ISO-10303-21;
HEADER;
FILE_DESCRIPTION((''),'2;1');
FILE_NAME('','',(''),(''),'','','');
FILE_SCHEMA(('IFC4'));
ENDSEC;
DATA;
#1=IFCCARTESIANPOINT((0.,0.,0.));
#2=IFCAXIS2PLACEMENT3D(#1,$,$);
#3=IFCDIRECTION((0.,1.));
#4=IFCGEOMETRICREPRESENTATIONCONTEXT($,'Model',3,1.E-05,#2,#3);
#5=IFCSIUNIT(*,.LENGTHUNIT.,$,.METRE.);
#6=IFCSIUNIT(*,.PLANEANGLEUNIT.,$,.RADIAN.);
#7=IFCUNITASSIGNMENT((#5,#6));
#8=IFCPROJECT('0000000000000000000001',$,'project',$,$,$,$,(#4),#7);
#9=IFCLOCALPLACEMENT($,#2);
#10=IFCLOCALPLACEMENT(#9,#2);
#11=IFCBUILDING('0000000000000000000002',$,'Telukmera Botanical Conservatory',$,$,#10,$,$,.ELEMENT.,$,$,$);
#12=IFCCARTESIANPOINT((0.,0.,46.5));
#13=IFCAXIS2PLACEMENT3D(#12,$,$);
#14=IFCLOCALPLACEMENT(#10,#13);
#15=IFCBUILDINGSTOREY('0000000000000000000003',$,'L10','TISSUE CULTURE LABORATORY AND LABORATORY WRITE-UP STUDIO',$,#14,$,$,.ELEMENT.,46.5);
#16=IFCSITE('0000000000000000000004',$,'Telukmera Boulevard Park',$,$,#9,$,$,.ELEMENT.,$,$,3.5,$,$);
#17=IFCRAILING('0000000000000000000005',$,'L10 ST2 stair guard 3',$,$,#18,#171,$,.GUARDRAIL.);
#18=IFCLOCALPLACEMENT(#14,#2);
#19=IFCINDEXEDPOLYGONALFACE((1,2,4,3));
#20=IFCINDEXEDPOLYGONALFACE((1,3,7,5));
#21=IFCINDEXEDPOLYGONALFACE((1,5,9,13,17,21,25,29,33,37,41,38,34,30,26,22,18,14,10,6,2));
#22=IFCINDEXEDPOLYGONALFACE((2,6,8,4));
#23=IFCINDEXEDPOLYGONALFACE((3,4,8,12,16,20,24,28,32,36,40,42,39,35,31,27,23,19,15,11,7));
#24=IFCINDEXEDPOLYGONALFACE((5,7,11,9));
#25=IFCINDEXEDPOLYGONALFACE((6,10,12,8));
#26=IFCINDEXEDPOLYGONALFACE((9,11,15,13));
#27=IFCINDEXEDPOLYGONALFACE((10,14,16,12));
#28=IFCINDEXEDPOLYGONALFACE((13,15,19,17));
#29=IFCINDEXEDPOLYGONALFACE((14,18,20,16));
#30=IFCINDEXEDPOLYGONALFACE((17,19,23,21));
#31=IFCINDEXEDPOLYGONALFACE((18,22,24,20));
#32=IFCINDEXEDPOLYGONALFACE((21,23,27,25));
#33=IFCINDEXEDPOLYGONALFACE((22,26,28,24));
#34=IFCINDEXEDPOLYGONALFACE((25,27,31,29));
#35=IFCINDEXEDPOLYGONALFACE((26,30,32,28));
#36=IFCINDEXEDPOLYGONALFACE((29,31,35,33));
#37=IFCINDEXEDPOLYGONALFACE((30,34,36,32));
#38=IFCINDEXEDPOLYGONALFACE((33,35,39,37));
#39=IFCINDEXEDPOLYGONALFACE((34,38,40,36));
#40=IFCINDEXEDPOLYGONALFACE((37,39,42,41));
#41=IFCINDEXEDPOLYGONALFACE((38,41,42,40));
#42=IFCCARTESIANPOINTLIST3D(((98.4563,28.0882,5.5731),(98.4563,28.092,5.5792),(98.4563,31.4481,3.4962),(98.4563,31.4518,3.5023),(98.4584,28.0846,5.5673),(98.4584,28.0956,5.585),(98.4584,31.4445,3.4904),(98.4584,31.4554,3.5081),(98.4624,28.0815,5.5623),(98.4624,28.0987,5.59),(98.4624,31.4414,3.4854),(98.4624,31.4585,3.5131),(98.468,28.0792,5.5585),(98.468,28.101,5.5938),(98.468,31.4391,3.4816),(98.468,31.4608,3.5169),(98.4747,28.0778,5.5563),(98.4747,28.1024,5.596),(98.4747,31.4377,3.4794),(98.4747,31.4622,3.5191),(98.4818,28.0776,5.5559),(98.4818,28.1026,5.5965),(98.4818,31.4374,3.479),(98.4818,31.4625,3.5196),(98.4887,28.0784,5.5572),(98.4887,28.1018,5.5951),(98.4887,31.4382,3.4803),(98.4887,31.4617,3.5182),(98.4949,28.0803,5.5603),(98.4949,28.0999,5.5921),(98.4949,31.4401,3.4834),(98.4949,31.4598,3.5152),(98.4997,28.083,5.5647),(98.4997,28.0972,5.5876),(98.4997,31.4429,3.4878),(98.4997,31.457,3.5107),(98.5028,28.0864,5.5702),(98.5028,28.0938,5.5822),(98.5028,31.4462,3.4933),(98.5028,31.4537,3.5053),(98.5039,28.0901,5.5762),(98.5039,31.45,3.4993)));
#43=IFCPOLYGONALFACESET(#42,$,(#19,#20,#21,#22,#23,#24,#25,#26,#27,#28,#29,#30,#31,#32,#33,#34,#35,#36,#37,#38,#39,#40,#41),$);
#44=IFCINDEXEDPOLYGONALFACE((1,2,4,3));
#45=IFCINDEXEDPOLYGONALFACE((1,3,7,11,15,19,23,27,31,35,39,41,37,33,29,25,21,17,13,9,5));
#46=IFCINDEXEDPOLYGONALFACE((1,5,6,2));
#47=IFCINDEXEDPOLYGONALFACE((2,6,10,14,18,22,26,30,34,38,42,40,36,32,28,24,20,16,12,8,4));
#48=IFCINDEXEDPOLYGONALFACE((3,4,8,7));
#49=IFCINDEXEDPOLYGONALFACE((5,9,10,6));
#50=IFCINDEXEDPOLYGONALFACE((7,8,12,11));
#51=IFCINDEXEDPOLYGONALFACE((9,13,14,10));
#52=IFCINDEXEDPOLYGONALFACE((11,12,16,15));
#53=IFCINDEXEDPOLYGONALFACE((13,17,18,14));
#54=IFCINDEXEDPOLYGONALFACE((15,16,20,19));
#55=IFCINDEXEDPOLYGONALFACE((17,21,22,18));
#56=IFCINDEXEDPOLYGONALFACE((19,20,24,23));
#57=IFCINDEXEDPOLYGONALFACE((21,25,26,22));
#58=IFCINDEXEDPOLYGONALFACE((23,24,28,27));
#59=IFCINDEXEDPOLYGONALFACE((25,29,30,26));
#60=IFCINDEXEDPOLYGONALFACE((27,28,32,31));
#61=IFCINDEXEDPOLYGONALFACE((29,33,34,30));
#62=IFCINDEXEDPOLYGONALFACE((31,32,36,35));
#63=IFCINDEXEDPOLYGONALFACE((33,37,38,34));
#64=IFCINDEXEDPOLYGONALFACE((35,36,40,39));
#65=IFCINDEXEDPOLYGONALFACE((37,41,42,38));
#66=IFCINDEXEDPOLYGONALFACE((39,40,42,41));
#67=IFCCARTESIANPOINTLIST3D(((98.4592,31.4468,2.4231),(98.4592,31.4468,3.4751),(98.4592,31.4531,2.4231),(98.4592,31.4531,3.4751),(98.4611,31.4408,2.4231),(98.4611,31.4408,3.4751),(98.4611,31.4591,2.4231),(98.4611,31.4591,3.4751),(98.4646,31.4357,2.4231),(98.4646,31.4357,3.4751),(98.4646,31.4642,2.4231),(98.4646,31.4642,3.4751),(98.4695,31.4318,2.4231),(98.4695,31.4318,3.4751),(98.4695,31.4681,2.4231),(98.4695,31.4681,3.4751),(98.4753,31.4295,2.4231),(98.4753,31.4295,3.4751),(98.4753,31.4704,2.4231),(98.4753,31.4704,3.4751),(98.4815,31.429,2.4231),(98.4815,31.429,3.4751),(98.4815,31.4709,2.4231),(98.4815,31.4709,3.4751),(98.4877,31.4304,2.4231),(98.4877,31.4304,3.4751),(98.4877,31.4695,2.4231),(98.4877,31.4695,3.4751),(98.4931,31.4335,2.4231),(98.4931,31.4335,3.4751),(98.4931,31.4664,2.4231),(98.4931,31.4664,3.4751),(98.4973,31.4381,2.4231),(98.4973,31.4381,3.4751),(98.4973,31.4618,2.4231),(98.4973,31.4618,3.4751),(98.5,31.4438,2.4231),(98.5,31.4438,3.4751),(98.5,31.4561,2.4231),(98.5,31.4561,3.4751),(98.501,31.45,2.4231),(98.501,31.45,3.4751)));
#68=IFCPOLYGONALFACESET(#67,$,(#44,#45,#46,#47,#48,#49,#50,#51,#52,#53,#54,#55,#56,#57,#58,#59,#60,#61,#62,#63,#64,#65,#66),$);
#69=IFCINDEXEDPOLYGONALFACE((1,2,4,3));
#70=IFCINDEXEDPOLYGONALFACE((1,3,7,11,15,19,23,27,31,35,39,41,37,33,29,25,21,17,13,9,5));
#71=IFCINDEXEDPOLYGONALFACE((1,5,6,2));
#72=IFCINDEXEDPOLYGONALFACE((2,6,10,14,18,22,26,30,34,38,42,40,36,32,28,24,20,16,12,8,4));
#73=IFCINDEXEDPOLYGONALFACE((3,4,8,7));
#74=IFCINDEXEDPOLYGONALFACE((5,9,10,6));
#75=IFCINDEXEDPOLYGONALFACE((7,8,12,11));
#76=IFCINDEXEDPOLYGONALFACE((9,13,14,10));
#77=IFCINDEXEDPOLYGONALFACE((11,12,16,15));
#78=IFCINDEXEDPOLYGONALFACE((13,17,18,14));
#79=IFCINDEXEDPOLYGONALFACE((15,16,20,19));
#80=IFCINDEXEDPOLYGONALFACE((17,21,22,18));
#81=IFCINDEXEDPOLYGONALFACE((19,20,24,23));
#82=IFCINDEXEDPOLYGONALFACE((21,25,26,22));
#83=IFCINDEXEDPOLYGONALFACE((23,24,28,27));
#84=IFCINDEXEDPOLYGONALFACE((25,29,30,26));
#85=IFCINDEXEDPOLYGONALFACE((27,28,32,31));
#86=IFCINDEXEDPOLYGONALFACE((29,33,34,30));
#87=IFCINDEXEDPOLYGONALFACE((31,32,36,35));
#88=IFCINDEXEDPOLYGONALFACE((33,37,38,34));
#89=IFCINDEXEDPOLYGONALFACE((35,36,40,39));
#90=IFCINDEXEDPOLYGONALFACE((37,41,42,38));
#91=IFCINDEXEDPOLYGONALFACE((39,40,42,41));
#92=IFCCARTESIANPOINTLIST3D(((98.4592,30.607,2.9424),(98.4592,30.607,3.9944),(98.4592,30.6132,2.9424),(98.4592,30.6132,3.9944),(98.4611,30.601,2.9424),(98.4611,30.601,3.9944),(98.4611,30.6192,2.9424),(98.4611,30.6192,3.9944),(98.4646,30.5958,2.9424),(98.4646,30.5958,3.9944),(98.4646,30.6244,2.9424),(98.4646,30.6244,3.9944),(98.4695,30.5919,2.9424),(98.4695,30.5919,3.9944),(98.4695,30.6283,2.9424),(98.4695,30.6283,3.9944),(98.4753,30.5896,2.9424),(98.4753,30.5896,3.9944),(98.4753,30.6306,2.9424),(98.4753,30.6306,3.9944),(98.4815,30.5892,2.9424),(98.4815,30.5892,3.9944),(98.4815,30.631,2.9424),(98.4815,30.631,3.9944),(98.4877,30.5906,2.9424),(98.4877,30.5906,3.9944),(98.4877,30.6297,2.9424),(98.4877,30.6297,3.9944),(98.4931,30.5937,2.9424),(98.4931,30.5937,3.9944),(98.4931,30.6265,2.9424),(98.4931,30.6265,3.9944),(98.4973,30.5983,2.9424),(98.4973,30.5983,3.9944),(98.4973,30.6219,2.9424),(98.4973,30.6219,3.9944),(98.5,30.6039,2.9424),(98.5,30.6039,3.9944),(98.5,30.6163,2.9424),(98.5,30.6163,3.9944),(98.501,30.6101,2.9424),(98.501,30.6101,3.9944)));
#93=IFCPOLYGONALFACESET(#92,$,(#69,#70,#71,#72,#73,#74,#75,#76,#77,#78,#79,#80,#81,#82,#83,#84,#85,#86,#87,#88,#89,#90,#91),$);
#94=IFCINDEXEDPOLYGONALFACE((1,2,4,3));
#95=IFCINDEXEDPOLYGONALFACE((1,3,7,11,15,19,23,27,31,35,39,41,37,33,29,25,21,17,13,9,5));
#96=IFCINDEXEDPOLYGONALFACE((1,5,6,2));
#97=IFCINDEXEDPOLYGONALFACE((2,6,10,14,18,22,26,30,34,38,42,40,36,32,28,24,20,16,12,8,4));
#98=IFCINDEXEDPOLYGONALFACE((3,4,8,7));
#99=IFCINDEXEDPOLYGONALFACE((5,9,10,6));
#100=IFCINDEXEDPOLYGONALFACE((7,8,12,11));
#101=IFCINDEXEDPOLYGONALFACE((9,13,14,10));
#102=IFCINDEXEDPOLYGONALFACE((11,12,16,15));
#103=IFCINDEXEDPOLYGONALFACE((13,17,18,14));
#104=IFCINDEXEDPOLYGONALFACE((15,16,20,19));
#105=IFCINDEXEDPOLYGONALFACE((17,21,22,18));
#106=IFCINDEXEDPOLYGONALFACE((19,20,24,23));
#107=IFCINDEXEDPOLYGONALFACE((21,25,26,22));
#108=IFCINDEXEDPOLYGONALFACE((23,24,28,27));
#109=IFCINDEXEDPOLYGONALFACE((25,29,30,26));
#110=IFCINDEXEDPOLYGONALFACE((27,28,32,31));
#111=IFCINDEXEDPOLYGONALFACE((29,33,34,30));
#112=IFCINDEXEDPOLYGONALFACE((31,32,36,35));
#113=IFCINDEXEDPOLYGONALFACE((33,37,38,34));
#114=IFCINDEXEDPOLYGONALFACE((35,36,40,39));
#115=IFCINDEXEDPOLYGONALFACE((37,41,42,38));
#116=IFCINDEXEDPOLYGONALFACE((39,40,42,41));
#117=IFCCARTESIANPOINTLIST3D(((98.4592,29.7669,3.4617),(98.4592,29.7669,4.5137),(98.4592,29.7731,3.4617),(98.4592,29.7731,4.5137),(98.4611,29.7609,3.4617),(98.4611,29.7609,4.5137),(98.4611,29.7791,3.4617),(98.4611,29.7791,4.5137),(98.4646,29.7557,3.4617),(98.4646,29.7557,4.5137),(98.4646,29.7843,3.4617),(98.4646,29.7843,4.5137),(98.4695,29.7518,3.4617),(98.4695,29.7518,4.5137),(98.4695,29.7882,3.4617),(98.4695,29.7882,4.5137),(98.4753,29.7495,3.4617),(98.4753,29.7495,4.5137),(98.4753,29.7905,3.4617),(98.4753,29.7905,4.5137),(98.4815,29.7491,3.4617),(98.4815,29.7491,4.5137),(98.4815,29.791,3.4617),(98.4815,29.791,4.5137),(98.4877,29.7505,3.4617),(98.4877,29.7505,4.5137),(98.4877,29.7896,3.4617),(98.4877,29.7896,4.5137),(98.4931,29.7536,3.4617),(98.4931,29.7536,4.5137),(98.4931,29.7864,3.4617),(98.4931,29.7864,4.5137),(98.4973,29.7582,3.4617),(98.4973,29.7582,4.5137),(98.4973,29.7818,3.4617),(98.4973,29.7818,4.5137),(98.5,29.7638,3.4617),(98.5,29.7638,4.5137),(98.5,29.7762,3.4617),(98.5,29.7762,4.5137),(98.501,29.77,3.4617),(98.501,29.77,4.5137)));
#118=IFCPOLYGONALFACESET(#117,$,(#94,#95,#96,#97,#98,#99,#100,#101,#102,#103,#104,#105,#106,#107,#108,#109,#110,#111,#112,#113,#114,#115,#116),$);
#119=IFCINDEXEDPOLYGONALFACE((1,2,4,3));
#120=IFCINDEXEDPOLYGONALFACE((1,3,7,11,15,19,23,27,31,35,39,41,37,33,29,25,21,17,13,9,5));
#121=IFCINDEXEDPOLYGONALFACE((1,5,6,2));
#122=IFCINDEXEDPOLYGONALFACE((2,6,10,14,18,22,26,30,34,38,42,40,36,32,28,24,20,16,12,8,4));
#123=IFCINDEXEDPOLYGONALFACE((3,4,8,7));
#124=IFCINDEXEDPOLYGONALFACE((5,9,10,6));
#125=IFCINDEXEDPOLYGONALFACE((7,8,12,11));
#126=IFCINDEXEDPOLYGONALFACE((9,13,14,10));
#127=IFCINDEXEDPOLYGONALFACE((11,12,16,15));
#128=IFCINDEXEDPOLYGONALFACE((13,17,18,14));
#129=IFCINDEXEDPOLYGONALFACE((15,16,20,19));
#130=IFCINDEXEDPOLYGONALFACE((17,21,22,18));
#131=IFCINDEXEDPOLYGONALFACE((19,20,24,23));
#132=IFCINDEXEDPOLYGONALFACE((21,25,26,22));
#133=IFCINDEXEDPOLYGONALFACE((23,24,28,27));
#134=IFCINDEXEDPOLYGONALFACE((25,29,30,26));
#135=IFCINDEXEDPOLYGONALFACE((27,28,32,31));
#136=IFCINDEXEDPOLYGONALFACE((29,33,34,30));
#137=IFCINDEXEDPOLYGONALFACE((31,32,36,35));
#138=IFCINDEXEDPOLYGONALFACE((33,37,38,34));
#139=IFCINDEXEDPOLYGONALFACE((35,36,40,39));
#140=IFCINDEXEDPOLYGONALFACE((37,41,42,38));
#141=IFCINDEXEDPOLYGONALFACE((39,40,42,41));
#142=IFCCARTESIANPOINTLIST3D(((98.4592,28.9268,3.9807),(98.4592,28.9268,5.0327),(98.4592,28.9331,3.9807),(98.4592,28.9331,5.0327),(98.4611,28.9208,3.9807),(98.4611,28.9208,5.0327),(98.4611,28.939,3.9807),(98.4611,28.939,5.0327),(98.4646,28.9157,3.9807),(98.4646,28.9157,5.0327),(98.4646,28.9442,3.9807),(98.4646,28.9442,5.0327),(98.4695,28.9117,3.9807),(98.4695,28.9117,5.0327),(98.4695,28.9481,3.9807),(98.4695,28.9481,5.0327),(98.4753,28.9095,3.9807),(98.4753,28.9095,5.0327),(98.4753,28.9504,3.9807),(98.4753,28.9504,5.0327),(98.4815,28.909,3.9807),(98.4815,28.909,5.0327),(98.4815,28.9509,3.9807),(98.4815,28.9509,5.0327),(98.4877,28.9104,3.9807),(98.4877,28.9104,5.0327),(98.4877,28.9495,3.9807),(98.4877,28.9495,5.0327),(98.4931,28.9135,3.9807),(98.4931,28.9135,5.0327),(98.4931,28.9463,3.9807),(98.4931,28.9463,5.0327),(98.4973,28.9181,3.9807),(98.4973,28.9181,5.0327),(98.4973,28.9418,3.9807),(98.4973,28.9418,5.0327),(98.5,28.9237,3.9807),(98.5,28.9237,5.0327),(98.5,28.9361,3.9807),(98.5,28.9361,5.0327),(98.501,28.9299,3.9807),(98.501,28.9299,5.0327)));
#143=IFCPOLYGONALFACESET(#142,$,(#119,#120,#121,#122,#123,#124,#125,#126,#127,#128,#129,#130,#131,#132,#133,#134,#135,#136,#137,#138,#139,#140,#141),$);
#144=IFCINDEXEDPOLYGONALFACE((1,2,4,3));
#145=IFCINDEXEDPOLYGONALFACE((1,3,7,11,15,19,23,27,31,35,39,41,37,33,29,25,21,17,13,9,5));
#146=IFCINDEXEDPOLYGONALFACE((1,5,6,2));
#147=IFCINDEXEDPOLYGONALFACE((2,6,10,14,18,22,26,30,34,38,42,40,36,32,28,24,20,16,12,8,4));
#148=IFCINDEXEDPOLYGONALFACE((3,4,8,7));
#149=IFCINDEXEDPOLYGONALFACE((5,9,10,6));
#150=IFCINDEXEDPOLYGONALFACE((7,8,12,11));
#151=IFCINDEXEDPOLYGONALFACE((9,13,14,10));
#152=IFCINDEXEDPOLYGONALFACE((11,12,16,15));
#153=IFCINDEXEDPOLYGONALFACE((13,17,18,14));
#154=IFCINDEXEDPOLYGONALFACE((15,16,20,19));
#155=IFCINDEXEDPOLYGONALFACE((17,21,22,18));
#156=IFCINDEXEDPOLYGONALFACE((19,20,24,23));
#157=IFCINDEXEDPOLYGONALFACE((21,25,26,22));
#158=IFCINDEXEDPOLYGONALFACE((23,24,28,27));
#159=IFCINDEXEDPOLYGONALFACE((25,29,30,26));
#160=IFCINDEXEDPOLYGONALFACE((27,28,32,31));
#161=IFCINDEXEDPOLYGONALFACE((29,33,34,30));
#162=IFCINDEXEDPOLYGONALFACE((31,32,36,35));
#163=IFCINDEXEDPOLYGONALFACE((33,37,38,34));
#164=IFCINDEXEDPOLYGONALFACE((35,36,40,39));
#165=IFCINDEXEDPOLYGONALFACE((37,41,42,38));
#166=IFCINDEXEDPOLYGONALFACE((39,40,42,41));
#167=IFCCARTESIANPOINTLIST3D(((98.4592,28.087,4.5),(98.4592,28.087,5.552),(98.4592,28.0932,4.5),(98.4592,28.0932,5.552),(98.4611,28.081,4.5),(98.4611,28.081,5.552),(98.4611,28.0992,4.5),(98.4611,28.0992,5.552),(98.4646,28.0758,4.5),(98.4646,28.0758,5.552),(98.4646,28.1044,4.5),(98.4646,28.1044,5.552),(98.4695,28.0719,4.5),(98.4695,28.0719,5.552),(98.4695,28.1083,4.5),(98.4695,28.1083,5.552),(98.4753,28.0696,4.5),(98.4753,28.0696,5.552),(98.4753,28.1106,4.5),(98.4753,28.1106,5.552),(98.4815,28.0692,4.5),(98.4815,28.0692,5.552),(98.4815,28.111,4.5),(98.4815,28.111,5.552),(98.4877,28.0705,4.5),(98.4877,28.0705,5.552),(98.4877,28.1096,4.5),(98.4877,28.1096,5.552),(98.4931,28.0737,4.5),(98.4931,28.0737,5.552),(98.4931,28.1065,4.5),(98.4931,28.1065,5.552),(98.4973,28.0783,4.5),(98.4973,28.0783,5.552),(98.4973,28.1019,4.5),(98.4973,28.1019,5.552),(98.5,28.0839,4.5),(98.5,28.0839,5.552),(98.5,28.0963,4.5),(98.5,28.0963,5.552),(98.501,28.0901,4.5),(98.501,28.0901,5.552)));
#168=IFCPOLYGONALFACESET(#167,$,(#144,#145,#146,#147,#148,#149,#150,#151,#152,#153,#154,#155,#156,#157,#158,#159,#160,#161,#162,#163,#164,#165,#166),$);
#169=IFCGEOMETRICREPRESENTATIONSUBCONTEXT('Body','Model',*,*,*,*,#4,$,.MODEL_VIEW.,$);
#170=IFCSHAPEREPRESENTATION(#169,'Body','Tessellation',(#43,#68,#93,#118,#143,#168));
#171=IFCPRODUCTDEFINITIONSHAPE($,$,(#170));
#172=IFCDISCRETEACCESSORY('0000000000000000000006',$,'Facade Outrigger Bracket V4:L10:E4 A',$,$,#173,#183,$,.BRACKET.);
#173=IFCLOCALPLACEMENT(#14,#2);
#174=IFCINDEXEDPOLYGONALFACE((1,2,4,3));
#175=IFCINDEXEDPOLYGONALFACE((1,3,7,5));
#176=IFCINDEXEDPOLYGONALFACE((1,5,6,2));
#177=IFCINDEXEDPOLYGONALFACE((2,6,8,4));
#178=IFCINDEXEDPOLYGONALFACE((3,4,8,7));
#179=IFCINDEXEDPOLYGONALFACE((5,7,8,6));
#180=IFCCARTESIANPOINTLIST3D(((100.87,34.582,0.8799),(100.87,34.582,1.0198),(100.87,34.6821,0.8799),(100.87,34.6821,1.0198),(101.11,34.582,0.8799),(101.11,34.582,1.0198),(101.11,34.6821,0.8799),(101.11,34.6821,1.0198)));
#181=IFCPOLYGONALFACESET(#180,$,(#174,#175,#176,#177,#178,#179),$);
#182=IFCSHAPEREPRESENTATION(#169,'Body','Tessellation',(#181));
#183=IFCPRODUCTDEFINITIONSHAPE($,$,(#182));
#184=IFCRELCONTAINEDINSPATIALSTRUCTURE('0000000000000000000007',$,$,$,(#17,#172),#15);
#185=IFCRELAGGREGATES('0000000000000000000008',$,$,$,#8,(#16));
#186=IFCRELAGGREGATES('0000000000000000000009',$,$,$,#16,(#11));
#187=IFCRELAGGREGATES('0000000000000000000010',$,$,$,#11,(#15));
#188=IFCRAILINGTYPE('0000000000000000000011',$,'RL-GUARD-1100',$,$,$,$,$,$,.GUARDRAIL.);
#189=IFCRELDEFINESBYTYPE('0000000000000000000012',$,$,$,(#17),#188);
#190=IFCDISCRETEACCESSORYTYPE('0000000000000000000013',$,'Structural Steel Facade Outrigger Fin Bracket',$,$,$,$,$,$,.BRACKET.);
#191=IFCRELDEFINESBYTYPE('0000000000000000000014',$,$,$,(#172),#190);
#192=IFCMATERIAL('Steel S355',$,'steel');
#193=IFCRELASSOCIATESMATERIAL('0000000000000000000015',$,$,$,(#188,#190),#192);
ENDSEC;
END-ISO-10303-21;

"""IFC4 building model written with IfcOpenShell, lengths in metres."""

from ifc_helpers import new_model, si_unit, direction, frame, origin, origin_2d, place, context, subcontext, project, spatial, rectangle, circle, extrude, material, type_object, element, save


model = new_model("IFC4")

# Units and contexts
model_context = context("Model", 3, precision=1e-05, world=origin(), true_north=direction((0.0, 1.0)))
body_context = subcontext(model_context, "Body", "Model", "MODEL_VIEW")
ifc_project = project(units=[si_unit("LENGTHUNIT", "METRE"), si_unit("PLANEANGLEUNIT", "RADIAN")], contexts=[model_context])

# Site, building, storey
site_placement = place(None, origin())
site = spatial("IfcSite", under=ifc_project, at=site_placement, Name="Telukmera Boulevard Park", CompositionType="ELEMENT", RefElevation=3.5)
building_placement = place(site_placement, origin())
building = spatial("IfcBuilding", under=site, at=building_placement, Name="Telukmera Botanical Conservatory", CompositionType="ELEMENT")
storey_placement = place(building_placement, frame((0.0, 0.0, 46.5)))
storey = spatial("IfcBuildingStorey", under=building, at=storey_placement, Name="L10", Description="TISSUE CULTURE LABORATORY AND LABORATORY WRITE-UP STUDIO", CompositionType="ELEMENT", Elevation=46.5)

# Railing
ifc_material_1 = material(Name="Steel S355", Category="steel")
railing_type = type_object("IfcRailingType", Name="RL-GUARD-1100", PredefinedType="GUARDRAIL", material=ifc_material_1)
railing_1_placement = place(storey_placement, frame((98.48, 31.45, 2.4231)))
element("IfcRailing", 1, at=railing_1_placement, inside=storey, type_object=railing_type, Name="L10 ST2 stair guard 3", PredefinedType="GUARDRAIL", context=body_context, shape_type="SweptSolid", body=[
    extrude(circle(Radius=0.0239, at=origin_2d()), frame((0.0, 0.0, 1.0762), z_axis=(0.0, -0.850606, 0.525803), x_axis=(1.0, 0.0, 0.0)), (0.0, 0.0, 1.0), 3.95),
    extrude(circle(Radius=0.021, at=origin_2d()), origin(), (0.0, 0.0, 1.0), 1.052),
    extrude(circle(Radius=0.021, at=origin_2d()), frame((0.0, -0.8398, 0.5193)), (0.0, 0.0, 1.0), 1.052),
    extrude(circle(Radius=0.021, at=origin_2d()), frame((0.0, -1.6799, 1.0386)), (0.0, 0.0, 1.0), 1.052),
    extrude(circle(Radius=0.021, at=origin_2d()), frame((0.0, -2.52, 1.5576)), (0.0, 0.0, 1.0), 1.052),
    extrude(circle(Radius=0.021, at=origin_2d()), frame((0.0, -3.3599, 2.0769)), (0.0, 0.0, 1.0), 1.052),
])

# Discrete accessory
discrete_accessory_type = type_object("IfcDiscreteAccessoryType", Name="Structural Steel Facade Outrigger Fin Bracket", PredefinedType="BRACKET", material=ifc_material_1)
discrete_accessory_placement = place(storey_placement, frame((100.99, 34.6321, 0.8799), z_axis=(0.0, 0.0, 1.0), x_axis=(0.0, 1.0, 0.0)))
element("IfcDiscreteAccessory", 2, at=discrete_accessory_placement, inside=storey, type_object=discrete_accessory_type, Name="Facade Outrigger Bracket V4:L10:E4 A", PredefinedType="BRACKET", context=body_context, shape_type="SweptSolid", body=[
    extrude(rectangle(XDim=0.1001, YDim=0.24, at=origin_2d()), origin(), (0.0, 0.0, 1.0), 0.1399),
])

save(model, "model.ifc")
